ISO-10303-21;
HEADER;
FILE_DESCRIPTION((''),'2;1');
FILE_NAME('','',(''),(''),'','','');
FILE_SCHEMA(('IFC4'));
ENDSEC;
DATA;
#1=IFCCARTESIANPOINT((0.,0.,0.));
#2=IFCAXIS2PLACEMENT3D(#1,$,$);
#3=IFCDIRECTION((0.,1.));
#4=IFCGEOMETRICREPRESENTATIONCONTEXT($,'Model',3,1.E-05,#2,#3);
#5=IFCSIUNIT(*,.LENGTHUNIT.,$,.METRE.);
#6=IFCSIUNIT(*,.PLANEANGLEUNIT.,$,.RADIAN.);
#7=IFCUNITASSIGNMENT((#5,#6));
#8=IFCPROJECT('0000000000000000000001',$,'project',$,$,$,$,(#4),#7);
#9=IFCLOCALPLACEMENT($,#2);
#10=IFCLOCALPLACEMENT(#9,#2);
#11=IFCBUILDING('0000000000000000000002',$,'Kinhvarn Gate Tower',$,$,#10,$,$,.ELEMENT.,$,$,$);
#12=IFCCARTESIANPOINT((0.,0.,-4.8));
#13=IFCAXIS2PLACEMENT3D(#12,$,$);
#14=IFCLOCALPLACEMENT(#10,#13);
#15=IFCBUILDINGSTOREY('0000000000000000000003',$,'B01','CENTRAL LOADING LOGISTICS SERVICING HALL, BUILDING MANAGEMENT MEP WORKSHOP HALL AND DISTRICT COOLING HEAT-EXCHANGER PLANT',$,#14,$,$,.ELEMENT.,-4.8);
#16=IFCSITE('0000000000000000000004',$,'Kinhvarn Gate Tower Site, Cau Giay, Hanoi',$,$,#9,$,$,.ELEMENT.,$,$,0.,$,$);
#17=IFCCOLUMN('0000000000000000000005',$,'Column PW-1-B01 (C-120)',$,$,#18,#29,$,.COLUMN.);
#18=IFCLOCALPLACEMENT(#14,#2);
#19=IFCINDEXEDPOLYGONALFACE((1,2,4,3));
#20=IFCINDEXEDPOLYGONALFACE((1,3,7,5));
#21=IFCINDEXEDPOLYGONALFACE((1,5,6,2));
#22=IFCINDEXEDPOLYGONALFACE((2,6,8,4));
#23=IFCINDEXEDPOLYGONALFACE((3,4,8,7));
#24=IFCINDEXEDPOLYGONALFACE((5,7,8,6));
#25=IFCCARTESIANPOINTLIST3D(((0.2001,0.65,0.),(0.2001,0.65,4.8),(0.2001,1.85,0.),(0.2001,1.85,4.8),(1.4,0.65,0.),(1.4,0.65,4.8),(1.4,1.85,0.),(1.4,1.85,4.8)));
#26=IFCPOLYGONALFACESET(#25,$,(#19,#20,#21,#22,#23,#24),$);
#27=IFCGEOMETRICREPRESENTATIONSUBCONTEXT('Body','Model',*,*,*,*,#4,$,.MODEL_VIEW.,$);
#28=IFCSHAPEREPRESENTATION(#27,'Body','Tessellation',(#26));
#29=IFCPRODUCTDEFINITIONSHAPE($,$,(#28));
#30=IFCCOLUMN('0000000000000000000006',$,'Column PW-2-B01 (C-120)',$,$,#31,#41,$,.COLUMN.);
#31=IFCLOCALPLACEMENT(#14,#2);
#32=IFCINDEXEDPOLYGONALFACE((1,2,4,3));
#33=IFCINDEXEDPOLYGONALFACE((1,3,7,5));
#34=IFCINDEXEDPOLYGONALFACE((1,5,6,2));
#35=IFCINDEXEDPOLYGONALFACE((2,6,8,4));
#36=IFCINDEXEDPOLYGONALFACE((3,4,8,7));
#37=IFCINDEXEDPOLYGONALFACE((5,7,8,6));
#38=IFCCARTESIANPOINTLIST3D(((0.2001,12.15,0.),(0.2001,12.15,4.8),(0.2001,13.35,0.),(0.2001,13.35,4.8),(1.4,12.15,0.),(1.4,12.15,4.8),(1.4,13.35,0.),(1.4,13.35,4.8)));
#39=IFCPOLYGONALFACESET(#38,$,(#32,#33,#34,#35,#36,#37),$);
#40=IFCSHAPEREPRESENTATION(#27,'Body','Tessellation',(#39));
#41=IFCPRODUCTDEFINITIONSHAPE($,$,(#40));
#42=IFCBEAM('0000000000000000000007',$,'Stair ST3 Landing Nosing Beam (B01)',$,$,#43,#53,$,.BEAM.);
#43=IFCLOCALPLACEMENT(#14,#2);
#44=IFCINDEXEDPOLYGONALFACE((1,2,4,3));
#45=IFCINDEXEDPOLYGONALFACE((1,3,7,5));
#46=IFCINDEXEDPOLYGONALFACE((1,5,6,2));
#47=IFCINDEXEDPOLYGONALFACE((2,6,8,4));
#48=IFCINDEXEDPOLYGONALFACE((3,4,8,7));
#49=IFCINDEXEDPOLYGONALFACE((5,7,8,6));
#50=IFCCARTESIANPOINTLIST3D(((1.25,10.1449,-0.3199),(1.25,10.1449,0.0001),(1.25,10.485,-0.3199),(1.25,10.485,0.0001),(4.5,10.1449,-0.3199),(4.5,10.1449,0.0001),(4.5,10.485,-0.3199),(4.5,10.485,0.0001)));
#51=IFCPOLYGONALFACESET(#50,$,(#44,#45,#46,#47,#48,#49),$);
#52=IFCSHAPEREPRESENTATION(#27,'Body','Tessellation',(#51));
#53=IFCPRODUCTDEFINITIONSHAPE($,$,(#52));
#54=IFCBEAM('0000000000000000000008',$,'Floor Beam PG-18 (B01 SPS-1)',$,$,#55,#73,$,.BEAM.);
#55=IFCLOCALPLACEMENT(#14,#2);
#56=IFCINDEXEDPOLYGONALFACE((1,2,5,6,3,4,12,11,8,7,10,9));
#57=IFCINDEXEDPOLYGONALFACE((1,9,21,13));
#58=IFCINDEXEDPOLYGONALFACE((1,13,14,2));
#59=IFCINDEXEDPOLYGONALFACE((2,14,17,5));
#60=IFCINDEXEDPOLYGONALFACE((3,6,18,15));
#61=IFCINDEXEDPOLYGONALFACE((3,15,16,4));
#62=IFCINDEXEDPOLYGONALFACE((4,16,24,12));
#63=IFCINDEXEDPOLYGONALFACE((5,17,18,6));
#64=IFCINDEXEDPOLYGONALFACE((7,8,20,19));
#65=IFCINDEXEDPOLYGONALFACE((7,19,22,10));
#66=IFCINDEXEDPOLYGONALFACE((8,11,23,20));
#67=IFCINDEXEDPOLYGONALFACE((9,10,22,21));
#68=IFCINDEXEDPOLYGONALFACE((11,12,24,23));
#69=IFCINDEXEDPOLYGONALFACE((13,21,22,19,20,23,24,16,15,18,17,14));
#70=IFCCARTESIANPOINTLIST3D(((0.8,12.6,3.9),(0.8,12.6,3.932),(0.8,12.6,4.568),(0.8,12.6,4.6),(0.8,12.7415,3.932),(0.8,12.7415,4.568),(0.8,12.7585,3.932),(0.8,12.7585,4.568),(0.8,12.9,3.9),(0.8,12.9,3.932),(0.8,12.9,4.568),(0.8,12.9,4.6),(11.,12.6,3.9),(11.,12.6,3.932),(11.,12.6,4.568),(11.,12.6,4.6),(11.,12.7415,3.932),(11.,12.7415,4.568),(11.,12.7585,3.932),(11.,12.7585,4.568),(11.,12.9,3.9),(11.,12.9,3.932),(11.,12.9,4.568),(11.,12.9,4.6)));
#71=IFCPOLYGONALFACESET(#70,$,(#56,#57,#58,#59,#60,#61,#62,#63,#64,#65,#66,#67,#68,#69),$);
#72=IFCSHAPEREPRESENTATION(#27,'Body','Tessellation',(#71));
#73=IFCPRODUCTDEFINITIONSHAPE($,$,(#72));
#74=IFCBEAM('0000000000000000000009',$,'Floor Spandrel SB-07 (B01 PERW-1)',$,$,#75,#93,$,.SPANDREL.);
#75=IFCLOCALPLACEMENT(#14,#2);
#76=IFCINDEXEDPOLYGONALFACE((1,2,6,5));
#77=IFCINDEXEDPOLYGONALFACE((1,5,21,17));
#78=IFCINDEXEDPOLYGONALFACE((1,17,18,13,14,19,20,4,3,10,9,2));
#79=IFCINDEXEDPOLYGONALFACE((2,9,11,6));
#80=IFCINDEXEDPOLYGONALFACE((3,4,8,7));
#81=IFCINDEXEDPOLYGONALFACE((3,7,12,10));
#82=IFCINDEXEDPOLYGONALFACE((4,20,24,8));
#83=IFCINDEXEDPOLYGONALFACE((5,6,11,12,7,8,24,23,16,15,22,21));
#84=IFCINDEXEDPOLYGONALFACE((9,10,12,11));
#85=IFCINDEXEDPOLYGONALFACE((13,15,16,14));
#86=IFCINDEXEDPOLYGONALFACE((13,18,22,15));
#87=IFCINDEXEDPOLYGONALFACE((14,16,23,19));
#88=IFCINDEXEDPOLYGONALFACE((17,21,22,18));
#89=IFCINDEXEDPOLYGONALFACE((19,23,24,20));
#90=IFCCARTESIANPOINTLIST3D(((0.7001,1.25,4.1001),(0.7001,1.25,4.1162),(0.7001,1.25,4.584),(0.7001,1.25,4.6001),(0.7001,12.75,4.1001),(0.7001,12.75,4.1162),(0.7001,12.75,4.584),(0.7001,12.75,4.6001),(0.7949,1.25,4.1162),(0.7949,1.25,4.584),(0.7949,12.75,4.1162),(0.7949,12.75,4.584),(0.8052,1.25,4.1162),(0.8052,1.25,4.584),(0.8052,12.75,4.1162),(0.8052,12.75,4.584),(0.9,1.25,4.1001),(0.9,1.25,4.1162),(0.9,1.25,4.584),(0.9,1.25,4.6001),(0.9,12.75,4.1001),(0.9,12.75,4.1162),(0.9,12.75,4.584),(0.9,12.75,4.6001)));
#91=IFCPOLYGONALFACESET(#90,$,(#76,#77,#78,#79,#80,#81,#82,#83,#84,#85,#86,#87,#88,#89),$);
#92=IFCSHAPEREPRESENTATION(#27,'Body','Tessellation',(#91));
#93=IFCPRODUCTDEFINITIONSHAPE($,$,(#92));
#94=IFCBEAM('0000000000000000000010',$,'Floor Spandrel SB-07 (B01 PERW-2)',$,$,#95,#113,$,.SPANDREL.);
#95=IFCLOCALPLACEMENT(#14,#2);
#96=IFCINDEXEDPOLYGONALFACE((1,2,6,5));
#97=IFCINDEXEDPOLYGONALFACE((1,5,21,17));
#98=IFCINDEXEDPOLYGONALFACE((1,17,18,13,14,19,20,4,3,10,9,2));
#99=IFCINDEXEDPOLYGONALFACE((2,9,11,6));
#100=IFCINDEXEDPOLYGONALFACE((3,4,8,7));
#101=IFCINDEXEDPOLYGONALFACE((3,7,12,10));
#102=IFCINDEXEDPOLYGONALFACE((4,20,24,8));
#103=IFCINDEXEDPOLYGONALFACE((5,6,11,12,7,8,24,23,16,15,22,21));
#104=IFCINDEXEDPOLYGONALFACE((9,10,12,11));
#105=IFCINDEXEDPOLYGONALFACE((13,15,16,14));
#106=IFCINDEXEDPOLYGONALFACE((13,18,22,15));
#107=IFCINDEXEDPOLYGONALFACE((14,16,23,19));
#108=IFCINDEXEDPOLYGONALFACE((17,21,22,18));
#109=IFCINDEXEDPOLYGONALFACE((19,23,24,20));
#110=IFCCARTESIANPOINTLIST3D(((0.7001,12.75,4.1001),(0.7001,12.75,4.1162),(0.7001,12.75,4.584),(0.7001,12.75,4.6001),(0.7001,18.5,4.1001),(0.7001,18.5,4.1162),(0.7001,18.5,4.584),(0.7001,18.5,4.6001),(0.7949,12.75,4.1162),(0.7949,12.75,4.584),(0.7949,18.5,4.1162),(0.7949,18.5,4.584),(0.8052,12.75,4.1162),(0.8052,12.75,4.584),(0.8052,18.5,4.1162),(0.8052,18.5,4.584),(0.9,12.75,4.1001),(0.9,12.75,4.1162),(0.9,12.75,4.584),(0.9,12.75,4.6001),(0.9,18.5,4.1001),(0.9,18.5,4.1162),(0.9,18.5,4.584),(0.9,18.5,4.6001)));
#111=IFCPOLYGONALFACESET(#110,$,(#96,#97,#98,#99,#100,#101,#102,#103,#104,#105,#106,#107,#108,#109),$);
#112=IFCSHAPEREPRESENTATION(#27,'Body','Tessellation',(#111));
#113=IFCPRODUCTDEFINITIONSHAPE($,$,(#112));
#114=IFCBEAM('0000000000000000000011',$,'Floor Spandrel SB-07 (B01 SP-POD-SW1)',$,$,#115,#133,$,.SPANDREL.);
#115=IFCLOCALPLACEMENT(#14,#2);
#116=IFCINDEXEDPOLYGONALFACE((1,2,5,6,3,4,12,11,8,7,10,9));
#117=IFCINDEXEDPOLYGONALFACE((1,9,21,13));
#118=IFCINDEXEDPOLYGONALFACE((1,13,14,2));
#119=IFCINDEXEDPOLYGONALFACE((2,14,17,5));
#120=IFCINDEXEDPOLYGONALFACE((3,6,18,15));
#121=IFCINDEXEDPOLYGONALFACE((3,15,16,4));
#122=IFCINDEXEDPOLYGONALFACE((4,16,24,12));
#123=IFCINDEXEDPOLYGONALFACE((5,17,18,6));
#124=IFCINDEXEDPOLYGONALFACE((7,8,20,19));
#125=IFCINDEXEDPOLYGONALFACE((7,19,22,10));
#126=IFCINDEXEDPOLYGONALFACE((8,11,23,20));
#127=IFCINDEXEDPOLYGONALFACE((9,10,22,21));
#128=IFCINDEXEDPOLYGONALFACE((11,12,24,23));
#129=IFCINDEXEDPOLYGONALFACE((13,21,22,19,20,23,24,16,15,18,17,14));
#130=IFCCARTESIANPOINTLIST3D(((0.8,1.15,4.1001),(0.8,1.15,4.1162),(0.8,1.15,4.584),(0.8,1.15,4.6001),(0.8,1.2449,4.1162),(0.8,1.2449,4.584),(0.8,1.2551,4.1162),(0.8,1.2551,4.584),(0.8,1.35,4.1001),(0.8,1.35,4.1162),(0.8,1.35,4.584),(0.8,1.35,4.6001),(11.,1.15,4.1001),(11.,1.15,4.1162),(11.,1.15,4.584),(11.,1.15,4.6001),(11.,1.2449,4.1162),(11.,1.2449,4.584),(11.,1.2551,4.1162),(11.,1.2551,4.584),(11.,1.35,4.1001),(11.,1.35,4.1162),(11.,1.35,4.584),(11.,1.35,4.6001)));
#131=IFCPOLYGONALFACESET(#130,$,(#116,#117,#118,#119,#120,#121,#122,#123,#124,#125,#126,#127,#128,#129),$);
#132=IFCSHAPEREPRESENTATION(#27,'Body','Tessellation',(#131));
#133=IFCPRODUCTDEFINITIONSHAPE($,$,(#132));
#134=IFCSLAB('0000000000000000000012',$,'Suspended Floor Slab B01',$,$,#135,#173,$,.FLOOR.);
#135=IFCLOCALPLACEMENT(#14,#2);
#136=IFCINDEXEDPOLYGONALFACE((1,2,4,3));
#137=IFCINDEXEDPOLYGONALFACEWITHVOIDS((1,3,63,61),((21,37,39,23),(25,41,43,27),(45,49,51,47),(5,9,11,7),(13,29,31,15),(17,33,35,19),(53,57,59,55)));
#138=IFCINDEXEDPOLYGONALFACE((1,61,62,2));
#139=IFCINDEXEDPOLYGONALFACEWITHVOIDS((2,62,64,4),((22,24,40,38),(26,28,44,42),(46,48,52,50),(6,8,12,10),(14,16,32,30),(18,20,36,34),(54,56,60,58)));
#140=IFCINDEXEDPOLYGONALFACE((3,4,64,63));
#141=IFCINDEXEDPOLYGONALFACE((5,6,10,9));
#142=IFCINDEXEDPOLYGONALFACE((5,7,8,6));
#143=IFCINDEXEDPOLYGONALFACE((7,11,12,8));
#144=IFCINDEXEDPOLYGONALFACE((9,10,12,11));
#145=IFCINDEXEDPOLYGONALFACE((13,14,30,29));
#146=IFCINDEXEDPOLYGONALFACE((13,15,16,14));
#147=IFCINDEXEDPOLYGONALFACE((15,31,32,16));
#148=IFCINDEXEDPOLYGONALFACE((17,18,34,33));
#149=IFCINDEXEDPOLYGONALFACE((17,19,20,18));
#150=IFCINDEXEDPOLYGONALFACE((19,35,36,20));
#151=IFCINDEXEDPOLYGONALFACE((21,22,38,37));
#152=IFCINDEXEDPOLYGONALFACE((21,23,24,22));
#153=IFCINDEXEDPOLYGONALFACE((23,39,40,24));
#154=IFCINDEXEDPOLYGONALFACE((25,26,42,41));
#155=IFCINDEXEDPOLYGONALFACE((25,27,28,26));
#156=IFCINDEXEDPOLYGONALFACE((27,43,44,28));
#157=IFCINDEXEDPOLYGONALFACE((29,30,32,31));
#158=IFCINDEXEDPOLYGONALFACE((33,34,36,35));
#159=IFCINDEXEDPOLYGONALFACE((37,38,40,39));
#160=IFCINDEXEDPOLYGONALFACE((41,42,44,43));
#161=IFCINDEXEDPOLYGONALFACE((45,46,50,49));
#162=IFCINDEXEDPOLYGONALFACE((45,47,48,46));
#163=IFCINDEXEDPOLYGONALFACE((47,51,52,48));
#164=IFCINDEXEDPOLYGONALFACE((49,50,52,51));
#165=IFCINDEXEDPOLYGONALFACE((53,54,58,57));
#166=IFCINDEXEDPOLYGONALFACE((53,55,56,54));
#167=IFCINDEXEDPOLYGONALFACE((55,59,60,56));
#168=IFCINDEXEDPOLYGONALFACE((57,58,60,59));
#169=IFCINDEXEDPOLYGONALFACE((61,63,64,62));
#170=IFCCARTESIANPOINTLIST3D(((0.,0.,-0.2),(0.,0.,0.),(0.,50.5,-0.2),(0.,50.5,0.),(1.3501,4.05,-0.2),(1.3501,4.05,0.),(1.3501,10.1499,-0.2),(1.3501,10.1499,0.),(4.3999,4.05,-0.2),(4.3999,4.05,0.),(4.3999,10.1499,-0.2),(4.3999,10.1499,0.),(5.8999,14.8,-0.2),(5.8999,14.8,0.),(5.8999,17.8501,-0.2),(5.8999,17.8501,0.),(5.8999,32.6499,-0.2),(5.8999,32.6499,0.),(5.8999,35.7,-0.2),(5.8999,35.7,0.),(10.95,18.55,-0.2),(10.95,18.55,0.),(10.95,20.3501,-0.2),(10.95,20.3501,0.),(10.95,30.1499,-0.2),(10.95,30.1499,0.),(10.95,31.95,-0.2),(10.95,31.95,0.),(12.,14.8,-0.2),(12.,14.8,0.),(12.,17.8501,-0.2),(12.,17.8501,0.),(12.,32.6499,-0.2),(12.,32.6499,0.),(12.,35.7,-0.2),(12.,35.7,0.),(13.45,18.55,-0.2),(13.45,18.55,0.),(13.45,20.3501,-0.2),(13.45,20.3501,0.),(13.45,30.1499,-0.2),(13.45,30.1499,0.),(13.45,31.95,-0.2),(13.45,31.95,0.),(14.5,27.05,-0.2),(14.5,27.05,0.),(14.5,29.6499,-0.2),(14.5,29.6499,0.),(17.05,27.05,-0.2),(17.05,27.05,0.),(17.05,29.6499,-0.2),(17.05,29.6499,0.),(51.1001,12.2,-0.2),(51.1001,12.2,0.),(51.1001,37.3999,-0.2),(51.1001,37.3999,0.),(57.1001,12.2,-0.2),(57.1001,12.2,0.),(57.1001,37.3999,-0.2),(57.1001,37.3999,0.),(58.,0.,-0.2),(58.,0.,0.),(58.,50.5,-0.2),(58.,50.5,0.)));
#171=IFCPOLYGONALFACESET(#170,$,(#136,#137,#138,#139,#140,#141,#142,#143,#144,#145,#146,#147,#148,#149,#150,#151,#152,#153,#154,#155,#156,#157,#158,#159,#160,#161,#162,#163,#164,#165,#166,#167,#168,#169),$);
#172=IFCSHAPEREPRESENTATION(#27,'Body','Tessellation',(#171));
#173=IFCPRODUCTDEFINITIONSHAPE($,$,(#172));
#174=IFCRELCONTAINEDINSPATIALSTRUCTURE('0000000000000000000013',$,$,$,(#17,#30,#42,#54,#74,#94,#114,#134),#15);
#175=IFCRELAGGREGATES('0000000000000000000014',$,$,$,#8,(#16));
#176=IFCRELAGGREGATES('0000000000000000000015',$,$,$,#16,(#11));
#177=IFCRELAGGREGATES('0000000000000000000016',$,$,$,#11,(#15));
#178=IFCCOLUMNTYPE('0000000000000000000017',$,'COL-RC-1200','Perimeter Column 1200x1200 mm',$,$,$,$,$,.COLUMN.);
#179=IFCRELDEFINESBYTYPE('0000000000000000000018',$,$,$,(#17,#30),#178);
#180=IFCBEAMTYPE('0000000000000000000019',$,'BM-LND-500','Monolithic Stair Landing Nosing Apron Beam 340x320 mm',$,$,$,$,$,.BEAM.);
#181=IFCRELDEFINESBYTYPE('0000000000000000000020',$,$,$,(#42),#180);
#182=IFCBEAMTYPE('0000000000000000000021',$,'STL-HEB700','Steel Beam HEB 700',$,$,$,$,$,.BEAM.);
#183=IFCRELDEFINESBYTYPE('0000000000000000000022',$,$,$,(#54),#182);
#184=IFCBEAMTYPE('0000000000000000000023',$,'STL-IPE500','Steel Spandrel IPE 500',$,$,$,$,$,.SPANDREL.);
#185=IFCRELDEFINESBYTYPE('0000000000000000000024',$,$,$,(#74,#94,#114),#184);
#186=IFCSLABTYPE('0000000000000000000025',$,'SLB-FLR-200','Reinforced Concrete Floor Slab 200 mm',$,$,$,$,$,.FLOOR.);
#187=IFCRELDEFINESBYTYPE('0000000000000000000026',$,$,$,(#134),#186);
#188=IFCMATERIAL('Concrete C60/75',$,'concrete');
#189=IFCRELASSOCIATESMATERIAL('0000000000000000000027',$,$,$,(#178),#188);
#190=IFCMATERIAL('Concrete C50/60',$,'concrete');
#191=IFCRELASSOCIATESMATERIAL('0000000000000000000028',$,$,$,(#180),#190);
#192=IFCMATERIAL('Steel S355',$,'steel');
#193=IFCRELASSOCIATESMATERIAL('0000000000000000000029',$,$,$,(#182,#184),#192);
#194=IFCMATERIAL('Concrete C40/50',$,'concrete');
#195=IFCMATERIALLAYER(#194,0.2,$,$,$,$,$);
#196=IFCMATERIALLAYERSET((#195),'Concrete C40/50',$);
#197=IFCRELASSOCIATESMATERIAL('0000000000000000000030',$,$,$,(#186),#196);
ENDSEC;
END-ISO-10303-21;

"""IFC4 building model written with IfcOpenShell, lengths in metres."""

from ifc_helpers import new_model, si_unit, direction, frame, origin, origin_2d, place, context, subcontext, project, spatial, polyline, rectangle, i_section, outline, extrude, material, layer, layer_set, material_profile, profile_set, type_object, element, save


model = new_model("IFC4")

# Units and contexts
model_context = context("Model", 3, precision=1e-05, world=origin(), true_north=direction((0.0, 1.0)))
body_context = subcontext(model_context, "Body", "Model", "MODEL_VIEW")
ifc_project = project(units=[si_unit("LENGTHUNIT", "METRE"), si_unit("PLANEANGLEUNIT", "RADIAN")], contexts=[model_context])

# Site, building, storey
site_placement = place(None, origin())
site = spatial("IfcSite", under=ifc_project, at=site_placement, Name="Kinhvarn Gate Tower Site, Cau Giay, Hanoi", CompositionType="ELEMENT", RefElevation=0.0)
building_placement = place(site_placement, origin())
building = spatial("IfcBuilding", under=site, at=building_placement, Name="Kinhvarn Gate Tower", CompositionType="ELEMENT")
storey_placement = place(building_placement, frame((0.0, 0.0, -4.8)))
storey = spatial("IfcBuildingStorey", under=building, at=storey_placement, Name="B01", Description="CENTRAL LOADING LOGISTICS SERVICING HALL, BUILDING MANAGEMENT MEP WORKSHOP HALL AND DISTRICT COOLING HEAT-EXCHANGER PLANT", CompositionType="ELEMENT", Elevation=-4.8)

# Columns
ifc_material_1 = material(Name="Concrete C60/75", Category="concrete")
ifc_material_profile_1 = material_profile(ifc_material_1, rectangle(XDim=1.2, YDim=1.2, at=origin_2d()), Name="RC 1200x1200")
ifc_profile_set_1 = profile_set([ifc_material_profile_1], Name="Concrete C60/75")
column_type = type_object("IfcColumnType", Name="COL-RC-1200", Description="Perimeter Column 1200x1200 mm", PredefinedType="COLUMN", material=ifc_profile_set_1)
for number, where, z_axis, x_axis, name in (
    (1, (0.8, 1.25, 0.0), (0.0, 0.0, 1.0), (1.0, 0.0, 0.0), "Column PW-1-B01 (C-120)"),
    (2, (0.8, 12.75, 0.0), (0.0, 0.0, 1.0), (1.0, 0.0, 0.0), "Column PW-2-B01 (C-120)"),
):
    element("IfcColumn", number, at=place(storey_placement, frame(where, z_axis=z_axis, x_axis=x_axis)), inside=storey, type_object=column_type, Name=name, PredefinedType="COLUMN", context=body_context, shape_type="SweptSolid", body=[
        extrude(rectangle(XDim=1.2, YDim=1.2, at=origin_2d()), origin(), (0.0, 0.0, 1.0), 4.8),
    ])

# Beams
ifc_material_2 = material(Name="Concrete C50/60", Category="concrete")
ifc_material_profile_2 = material_profile(ifc_material_2, rectangle(XDim=0.3401, YDim=0.3201, at=origin_2d()), Name="RC 340x320")
ifc_profile_set_2 = profile_set([ifc_material_profile_2], Name="Concrete C50/60")
beam_type_1 = type_object("IfcBeamType", Name="BM-LND-500", Description="Monolithic Stair Landing Nosing Apron Beam 340x320 mm", PredefinedType="BEAM", material=ifc_profile_set_2)
beam_1_placement = place(storey_placement, frame((1.25, 10.3149, -0.1599), z_axis=(1.0, 0.0, 0.0), x_axis=(0.0, 1.0, 0.0)))
element("IfcBeam", 3, at=beam_1_placement, inside=storey, type_object=beam_type_1, Name="Stair ST3 Landing Nosing Beam (B01)", PredefinedType="BEAM", context=body_context, shape_type="SweptSolid", body=[
    extrude(rectangle(XDim=0.3401, YDim=0.3201, at=origin_2d()), origin(), (0.0, 0.0, 1.0), 3.25),
])
ifc_material_3 = material(Name="Steel S355", Category="steel")
ifc_material_profile_3 = material_profile(ifc_material_3, i_section(OverallWidth=0.3, OverallDepth=0.7, WebThickness=0.0171, FlangeThickness=0.032, at=origin_2d()), Name="HEB 700")
ifc_profile_set_3 = profile_set([ifc_material_profile_3], Name="Steel S355")
beam_type_2 = type_object("IfcBeamType", Name="STL-HEB700", Description="Steel Beam HEB 700", PredefinedType="BEAM", material=ifc_profile_set_3)
beam_2_placement = place(storey_placement, frame((0.8, 12.75, 4.25), z_axis=(1.0, 0.0, 0.0), x_axis=(0.0, 1.0, 0.0)))
element("IfcBeam", 4, at=beam_2_placement, inside=storey, type_object=beam_type_2, Name="Floor Beam PG-18 (B01 SPS-1)", PredefinedType="BEAM", context=body_context, shape_type="SweptSolid", body=[
    extrude(i_section(OverallWidth=0.3, OverallDepth=0.7, WebThickness=0.0171, FlangeThickness=0.032, at=origin_2d()), origin(), (0.0, 0.0, 1.0), 10.2),
])
ifc_material_profile_4 = material_profile(ifc_material_3, i_section(OverallWidth=0.2, OverallDepth=0.5, WebThickness=0.0103, FlangeThickness=0.0161, at=origin_2d()), Name="IPE 500")
ifc_profile_set_4 = profile_set([ifc_material_profile_4], Name="Steel S355")
beam_type_3 = type_object("IfcBeamType", Name="STL-IPE500", Description="Steel Spandrel IPE 500", PredefinedType="SPANDREL", material=ifc_profile_set_4)
beam_3_placement = place(storey_placement, frame((0.8, 1.25, 4.3501), z_axis=(0.0, 1.0, 0.0), x_axis=(-1.0, 0.0, 0.0)))
element("IfcBeam", 5, at=beam_3_placement, inside=storey, type_object=beam_type_3, Name="Floor Spandrel SB-07 (B01 PERW-1)", PredefinedType="SPANDREL", context=body_context, shape_type="SweptSolid", body=[
    extrude(i_section(OverallWidth=0.2, OverallDepth=0.5, WebThickness=0.0103, FlangeThickness=0.0161, at=origin_2d()), origin(), (0.0, 0.0, 1.0), 11.5),
])
beam_4_placement = place(storey_placement, frame((0.8, 12.75, 4.3501), z_axis=(0.0, 1.0, 0.0), x_axis=(-1.0, 0.0, 0.0)))
element("IfcBeam", 6, at=beam_4_placement, inside=storey, type_object=beam_type_3, Name="Floor Spandrel SB-07 (B01 PERW-2)", PredefinedType="SPANDREL", context=body_context, shape_type="SweptSolid", body=[
    extrude(i_section(OverallWidth=0.2, OverallDepth=0.5, WebThickness=0.0103, FlangeThickness=0.0161, at=origin_2d()), origin(), (0.0, 0.0, 1.0), 5.75),
])
beam_5_placement = place(storey_placement, frame((0.8, 1.25, 4.3501), z_axis=(1.0, 0.0, 0.0), x_axis=(0.0, 1.0, 0.0)))
element("IfcBeam", 7, at=beam_5_placement, inside=storey, type_object=beam_type_3, Name="Floor Spandrel SB-07 (B01 SP-POD-SW1)", PredefinedType="SPANDREL", context=body_context, shape_type="SweptSolid", body=[
    extrude(i_section(OverallWidth=0.2, OverallDepth=0.5, WebThickness=0.0103, FlangeThickness=0.0161, at=origin_2d()), origin(), (0.0, 0.0, 1.0), 10.2),
])

# Slab
ifc_material_4 = material(Name="Concrete C40/50", Category="concrete")
ifc_layer_1 = layer(ifc_material_4, 0.2)
ifc_layer_set_1 = layer_set([ifc_layer_1], Name="Concrete C40/50")
slab_type_1 = type_object("IfcSlabType", Name="SLB-FLR-200", Description="Reinforced Concrete Floor Slab 200 mm", PredefinedType="FLOOR", material=ifc_layer_set_1)
slab_1_placement = place(storey_placement, frame((0.0, 0.0, -0.2)))
element("IfcSlab", 8, at=slab_1_placement, inside=storey, type_object=slab_type_1, Name="Suspended Floor Slab B01", PredefinedType="FLOOR", context=body_context, shape_type="SweptSolid", body=[
    extrude(outline(polyline([(0.0, 0.0), (58.0, 0.0), (58.0, 50.5), (0.0, 50.5), (0.0, 0.0)]), holes=[polyline([(5.8999, 14.8), (12.0, 14.8), (12.0, 17.8501), (5.8999, 17.8501), (5.8999, 14.8)]), polyline([(5.8999, 32.6499), (12.0, 32.6499), (12.0, 35.7), (5.8999, 35.7), (5.8999, 32.6499)]), polyline([(1.3501, 4.05), (4.3999, 4.05), (4.3999, 10.1499), (1.3501, 10.1499), (1.3501, 4.05)]), polyline([(14.5, 27.05), (17.05, 27.05), (17.05, 29.6499), (14.5, 29.6499), (14.5, 27.05)]), polyline([(10.95, 18.55), (13.45, 18.55), (13.45, 20.3501), (10.95, 20.3501), (10.95, 18.55)]), polyline([(10.95, 30.1499), (13.45, 30.1499), (13.45, 31.95), (10.95, 31.95), (10.95, 30.1499)]), polyline([(51.1001, 12.2), (57.1001, 12.2), (57.1001, 37.3999), (51.1001, 37.3999), (51.1001, 12.2)])]), origin(), (0.0, 0.0, 1.0), 0.2),
])

save(model, "model.ifc")
